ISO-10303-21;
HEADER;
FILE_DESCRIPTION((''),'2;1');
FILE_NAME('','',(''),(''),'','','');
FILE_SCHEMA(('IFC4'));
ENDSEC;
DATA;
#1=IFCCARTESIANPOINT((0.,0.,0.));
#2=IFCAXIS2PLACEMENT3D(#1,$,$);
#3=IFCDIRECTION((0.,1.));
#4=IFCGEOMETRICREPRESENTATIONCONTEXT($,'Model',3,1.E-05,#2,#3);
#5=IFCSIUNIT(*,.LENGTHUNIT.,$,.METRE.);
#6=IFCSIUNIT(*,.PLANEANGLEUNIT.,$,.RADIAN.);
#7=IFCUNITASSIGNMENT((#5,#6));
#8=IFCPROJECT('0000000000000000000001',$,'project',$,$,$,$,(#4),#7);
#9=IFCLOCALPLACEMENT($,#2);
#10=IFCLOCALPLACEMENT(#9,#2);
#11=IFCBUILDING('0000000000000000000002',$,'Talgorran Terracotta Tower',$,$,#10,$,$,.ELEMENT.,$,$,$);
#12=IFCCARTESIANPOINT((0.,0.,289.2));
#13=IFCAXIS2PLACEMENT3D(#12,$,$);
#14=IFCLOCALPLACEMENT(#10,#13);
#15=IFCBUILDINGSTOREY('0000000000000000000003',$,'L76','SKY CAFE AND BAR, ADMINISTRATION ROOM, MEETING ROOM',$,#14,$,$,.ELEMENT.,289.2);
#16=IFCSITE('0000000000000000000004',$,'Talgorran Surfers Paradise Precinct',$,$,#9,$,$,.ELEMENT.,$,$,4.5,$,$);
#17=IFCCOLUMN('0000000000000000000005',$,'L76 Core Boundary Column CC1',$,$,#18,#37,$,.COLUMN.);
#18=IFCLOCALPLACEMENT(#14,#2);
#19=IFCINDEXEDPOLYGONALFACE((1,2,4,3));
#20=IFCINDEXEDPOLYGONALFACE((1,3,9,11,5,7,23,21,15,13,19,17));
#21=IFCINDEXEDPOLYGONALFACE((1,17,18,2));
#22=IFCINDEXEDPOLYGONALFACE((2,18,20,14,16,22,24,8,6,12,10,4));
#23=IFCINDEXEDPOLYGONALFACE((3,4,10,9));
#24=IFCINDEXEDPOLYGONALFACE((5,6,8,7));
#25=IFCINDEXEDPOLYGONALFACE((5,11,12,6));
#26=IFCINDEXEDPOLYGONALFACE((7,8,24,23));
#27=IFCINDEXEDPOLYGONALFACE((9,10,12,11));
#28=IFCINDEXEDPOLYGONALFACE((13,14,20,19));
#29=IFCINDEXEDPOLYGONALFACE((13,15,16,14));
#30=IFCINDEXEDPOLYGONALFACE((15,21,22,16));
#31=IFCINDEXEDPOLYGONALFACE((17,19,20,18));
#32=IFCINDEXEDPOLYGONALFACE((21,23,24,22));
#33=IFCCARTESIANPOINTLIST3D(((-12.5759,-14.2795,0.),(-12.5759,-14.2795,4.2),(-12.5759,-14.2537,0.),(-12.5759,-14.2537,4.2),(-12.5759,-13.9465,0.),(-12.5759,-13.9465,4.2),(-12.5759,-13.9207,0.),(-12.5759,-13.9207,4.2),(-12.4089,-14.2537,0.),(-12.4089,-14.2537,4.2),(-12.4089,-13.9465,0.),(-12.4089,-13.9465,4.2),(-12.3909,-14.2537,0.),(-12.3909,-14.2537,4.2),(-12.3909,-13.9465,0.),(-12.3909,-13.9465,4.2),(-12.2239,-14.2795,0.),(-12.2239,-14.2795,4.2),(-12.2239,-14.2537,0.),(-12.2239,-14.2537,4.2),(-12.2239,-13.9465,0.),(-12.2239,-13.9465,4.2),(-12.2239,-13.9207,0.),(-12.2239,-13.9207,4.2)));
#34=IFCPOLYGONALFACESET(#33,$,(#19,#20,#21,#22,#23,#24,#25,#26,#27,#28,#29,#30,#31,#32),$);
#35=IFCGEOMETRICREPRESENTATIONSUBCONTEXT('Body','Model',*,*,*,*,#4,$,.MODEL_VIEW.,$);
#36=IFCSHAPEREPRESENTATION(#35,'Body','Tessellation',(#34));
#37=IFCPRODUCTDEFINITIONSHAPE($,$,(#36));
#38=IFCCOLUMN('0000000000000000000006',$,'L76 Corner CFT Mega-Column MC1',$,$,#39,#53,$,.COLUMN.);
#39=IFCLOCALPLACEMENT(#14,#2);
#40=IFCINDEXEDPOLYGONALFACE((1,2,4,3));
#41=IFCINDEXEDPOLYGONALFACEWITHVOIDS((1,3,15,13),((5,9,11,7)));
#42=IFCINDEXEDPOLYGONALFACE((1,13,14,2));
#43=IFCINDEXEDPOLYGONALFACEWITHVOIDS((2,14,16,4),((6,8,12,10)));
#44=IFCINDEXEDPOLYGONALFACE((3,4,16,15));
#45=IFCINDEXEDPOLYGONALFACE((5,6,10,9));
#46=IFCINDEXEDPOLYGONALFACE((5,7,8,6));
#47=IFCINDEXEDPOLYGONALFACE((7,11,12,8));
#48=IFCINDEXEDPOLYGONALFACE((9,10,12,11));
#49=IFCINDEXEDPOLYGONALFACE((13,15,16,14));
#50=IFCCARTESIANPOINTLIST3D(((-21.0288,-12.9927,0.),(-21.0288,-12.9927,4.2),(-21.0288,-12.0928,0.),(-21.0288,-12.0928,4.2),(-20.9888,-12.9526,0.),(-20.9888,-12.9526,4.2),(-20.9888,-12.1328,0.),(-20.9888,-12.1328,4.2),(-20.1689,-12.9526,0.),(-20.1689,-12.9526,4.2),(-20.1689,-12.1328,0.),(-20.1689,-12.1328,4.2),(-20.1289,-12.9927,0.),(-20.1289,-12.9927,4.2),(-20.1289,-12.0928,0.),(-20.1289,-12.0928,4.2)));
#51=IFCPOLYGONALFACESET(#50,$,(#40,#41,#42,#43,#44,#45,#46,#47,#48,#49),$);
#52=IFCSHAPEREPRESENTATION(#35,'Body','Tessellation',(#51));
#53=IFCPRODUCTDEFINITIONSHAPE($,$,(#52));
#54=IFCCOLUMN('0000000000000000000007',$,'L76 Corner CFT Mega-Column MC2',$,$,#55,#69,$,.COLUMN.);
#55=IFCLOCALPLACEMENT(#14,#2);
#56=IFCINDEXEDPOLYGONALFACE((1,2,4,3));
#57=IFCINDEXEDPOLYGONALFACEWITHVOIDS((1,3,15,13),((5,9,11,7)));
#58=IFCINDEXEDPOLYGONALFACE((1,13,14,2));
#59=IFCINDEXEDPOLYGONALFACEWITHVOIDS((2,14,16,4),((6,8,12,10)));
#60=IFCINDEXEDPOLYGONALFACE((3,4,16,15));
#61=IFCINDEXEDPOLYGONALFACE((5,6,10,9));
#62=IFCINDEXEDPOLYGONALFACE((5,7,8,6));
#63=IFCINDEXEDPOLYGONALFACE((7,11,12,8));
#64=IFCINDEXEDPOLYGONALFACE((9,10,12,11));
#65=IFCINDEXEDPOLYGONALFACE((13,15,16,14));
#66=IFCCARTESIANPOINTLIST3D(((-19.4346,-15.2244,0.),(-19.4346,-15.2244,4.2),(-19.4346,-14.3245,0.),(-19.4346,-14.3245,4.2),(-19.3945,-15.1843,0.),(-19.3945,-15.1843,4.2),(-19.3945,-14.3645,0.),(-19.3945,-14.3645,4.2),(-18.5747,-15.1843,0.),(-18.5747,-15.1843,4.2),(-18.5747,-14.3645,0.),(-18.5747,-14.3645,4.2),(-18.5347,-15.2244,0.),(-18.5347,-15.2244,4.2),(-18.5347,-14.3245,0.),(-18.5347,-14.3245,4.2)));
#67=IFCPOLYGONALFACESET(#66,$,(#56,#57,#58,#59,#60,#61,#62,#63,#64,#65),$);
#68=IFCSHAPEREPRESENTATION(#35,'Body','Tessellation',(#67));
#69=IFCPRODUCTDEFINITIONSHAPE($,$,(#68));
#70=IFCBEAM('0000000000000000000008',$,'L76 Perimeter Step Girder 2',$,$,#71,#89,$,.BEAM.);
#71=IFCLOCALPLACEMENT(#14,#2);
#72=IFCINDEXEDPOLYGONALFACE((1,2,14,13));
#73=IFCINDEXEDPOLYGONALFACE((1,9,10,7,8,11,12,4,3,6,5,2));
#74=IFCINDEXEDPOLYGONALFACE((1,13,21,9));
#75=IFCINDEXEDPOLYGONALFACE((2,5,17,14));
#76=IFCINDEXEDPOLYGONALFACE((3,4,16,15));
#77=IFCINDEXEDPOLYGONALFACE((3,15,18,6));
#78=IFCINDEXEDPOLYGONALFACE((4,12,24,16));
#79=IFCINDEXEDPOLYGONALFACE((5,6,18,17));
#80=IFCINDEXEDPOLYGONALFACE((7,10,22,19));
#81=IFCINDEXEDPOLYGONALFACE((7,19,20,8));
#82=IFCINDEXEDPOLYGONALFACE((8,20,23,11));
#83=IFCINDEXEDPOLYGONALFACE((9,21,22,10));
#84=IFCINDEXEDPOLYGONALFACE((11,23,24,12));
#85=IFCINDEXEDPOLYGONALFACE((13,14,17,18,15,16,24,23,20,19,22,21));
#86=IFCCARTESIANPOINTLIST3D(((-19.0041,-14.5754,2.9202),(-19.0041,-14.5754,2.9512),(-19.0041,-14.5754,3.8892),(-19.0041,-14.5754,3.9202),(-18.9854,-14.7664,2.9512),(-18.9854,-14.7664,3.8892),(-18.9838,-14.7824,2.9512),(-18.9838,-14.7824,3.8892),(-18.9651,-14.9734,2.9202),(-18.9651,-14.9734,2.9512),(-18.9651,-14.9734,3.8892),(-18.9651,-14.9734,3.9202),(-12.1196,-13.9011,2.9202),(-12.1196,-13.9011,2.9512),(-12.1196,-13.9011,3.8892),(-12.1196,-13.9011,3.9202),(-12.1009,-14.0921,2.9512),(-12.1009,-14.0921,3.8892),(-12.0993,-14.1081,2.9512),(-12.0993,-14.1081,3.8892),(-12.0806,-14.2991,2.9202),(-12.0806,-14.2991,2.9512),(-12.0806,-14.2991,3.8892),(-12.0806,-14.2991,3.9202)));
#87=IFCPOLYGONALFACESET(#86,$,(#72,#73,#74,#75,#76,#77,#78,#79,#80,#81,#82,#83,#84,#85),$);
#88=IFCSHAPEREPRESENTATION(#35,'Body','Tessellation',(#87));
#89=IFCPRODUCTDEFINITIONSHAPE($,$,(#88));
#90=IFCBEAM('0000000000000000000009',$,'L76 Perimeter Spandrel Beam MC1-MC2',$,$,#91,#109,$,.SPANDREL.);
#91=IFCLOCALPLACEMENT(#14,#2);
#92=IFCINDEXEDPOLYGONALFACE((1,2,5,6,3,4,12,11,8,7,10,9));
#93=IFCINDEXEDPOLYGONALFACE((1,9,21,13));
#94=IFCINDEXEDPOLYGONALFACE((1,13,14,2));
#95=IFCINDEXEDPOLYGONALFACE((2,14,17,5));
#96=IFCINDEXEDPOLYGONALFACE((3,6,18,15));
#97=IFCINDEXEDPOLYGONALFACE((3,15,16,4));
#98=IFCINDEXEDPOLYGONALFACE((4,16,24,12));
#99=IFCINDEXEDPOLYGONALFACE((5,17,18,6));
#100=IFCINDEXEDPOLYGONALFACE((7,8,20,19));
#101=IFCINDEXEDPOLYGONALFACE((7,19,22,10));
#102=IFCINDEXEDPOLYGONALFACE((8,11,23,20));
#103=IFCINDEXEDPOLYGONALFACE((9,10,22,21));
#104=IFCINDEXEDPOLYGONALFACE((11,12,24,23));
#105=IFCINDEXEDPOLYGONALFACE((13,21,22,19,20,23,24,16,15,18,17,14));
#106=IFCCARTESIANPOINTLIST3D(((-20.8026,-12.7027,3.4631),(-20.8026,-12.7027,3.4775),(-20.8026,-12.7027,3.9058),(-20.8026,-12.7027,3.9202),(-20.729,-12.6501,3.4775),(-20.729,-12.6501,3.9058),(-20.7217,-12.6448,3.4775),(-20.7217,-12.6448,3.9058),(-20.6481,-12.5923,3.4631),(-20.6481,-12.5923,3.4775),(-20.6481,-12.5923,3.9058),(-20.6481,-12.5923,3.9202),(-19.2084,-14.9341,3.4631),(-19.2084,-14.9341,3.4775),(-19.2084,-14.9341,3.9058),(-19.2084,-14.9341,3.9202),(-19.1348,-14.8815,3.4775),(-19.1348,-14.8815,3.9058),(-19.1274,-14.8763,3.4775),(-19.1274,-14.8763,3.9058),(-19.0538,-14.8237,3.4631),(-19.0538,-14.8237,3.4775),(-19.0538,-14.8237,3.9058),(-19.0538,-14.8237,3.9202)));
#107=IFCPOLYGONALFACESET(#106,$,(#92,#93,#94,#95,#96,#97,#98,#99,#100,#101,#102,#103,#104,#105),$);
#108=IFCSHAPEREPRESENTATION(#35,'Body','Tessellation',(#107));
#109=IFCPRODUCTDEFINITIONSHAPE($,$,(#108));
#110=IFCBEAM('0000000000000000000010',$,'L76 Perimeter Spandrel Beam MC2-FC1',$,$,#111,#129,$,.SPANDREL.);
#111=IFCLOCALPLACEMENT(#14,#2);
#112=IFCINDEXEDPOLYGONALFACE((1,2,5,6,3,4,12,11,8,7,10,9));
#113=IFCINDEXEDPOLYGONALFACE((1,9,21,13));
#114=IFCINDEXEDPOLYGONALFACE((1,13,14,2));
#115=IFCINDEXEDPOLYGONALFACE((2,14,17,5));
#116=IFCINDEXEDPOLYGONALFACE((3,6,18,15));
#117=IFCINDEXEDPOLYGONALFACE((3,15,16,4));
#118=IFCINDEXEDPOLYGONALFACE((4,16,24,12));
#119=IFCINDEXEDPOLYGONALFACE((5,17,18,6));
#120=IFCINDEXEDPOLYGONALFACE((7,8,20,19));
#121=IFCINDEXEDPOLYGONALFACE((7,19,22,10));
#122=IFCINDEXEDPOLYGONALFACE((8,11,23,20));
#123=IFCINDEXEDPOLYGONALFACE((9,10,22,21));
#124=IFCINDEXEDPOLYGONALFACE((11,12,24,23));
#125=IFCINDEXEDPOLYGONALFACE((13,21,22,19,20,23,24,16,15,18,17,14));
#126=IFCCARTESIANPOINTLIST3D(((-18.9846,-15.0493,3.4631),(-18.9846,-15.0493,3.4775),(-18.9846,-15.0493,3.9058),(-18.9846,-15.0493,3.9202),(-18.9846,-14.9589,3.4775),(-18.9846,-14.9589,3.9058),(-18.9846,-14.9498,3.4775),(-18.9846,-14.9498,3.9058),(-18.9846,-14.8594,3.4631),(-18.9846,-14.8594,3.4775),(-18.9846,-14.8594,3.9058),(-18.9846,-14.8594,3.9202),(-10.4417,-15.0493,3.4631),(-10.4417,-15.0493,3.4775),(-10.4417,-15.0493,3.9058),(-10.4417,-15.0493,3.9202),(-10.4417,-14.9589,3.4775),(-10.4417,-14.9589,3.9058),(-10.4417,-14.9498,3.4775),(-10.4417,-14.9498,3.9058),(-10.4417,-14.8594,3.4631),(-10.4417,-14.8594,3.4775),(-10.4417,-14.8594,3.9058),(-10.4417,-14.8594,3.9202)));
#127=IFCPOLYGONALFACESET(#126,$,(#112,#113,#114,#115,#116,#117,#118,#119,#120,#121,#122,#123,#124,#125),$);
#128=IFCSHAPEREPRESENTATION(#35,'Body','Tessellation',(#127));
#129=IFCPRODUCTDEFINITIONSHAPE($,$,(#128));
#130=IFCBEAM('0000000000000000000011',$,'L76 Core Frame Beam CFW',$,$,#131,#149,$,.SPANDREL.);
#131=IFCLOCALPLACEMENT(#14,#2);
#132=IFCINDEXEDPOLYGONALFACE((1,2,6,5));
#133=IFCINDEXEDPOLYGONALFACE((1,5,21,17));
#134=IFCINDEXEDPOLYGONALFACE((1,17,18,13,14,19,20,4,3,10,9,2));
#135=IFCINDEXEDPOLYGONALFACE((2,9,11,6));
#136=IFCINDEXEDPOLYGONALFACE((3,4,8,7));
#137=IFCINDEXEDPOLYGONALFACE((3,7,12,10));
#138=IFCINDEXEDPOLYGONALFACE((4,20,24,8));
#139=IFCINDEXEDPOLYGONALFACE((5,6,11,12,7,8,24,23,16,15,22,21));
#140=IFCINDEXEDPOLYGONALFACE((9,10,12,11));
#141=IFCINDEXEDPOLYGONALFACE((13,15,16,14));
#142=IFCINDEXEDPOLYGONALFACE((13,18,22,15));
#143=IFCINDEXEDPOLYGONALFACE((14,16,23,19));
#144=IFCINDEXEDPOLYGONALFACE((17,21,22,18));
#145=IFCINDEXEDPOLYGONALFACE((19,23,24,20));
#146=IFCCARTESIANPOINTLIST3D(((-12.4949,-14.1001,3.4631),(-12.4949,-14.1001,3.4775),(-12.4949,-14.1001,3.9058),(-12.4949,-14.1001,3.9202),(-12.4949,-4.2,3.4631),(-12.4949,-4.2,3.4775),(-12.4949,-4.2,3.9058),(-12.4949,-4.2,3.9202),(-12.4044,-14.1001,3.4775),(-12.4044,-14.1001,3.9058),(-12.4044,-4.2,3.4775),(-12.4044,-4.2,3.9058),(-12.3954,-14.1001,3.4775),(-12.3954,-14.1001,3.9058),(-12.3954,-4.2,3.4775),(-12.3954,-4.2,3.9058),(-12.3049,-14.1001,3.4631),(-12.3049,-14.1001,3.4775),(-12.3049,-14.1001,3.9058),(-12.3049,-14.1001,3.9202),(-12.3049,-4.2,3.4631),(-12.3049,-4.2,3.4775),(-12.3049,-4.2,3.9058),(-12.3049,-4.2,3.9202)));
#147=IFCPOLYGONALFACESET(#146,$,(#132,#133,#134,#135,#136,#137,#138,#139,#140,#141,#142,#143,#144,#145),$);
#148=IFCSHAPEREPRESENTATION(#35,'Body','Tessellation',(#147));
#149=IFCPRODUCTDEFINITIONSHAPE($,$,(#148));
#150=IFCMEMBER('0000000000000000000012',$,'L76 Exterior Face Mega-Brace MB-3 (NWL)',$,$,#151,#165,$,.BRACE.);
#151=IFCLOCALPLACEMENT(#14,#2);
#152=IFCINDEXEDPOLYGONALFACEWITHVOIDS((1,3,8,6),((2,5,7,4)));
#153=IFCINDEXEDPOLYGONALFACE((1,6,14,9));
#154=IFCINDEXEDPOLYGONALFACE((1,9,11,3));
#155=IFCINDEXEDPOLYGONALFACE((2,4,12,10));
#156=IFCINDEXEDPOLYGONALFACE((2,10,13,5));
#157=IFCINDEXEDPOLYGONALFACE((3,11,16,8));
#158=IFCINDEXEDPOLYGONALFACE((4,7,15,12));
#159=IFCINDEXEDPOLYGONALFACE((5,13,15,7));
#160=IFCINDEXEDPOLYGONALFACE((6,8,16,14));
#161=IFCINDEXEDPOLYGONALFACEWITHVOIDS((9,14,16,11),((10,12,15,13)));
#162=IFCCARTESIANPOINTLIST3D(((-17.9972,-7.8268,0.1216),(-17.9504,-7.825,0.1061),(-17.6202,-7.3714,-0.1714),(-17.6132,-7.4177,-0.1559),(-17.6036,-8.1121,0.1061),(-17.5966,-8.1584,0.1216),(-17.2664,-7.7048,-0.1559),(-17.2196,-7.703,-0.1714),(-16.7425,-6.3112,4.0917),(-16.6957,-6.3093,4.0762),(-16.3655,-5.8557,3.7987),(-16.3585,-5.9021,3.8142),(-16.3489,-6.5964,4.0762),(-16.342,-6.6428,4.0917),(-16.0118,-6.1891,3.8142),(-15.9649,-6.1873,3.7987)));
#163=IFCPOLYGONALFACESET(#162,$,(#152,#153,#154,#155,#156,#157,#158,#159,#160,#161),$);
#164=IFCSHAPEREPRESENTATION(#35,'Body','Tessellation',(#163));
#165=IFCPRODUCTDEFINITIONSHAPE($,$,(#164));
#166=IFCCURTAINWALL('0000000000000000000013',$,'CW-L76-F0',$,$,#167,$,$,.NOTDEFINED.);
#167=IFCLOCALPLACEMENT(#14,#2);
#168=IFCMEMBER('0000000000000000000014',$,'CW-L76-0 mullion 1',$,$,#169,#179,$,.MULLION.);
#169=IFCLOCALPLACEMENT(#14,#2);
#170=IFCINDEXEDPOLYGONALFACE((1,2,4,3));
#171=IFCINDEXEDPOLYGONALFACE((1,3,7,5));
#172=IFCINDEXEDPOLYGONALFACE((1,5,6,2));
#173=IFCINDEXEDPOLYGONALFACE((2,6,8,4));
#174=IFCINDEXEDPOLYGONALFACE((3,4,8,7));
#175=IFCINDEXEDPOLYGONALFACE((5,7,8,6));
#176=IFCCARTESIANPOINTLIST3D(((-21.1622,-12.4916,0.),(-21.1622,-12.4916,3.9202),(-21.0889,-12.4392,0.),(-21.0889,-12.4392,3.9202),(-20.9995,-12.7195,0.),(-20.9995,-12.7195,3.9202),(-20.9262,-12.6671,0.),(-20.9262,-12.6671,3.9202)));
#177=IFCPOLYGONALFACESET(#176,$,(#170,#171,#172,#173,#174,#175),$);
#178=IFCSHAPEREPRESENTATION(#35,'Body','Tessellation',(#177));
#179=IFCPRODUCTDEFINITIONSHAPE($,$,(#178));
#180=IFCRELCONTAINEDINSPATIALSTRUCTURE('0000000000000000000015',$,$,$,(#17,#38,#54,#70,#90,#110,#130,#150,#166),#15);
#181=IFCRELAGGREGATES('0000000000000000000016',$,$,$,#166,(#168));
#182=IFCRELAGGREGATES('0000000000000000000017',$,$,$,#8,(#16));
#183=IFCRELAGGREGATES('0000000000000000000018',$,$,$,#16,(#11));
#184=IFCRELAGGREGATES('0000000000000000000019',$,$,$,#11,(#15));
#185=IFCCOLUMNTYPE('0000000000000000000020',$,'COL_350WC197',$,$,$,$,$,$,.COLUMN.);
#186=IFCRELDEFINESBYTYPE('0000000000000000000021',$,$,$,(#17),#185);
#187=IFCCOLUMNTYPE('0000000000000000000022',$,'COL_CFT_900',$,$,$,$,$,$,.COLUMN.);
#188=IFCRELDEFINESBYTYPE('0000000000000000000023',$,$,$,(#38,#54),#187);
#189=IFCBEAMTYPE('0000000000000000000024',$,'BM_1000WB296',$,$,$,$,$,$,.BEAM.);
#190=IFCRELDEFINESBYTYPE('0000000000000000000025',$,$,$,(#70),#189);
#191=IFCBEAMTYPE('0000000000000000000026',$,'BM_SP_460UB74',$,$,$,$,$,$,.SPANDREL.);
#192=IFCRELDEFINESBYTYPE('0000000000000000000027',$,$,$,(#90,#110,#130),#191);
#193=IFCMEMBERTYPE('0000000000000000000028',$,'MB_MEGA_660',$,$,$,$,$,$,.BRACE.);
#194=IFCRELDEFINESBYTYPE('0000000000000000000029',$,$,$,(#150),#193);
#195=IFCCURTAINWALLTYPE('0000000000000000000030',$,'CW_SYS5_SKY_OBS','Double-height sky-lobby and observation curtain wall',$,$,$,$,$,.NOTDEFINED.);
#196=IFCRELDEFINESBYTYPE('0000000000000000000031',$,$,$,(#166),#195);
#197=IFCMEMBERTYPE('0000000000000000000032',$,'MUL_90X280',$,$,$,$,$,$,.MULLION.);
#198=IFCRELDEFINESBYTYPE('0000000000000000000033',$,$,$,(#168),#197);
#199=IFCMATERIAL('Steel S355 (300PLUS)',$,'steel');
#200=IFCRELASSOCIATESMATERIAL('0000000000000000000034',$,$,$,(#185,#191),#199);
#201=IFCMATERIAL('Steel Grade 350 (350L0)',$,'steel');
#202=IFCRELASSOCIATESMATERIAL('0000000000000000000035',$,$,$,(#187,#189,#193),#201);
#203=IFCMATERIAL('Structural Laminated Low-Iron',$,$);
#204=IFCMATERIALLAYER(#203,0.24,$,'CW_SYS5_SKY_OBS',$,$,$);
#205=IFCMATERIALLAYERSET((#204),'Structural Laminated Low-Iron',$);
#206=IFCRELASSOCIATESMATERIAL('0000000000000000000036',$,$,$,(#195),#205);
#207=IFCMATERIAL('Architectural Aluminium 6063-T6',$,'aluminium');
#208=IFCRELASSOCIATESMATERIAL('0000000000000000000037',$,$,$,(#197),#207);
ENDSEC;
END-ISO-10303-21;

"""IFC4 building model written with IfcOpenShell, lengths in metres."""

from ifc_helpers import new_model, si_unit, direction, frame, origin, origin_2d, place, context, subcontext, project, spatial, rectangle, hollow_rectangle, i_section, extrude, material, layer, layer_set, material_profile, profile_set, type_object, element, aggregate, save


model = new_model("IFC4")

# Units and contexts
model_context = context("Model", 3, precision=1e-05, world=origin(), true_north=direction((0.0, 1.0)))
body_context = subcontext(model_context, "Body", "Model", "MODEL_VIEW")
ifc_project = project(units=[si_unit("LENGTHUNIT", "METRE"), si_unit("PLANEANGLEUNIT", "RADIAN")], contexts=[model_context])

# Site, building, storey
site_placement = place(None, origin())
site = spatial("IfcSite", under=ifc_project, at=site_placement, Name="Talgorran Surfers Paradise Precinct", CompositionType="ELEMENT", RefElevation=4.5)
building_placement = place(site_placement, origin())
building = spatial("IfcBuilding", under=site, at=building_placement, Name="Talgorran Terracotta Tower", CompositionType="ELEMENT")
storey_placement = place(building_placement, frame((0.0, 0.0, 289.2)))
storey = spatial("IfcBuildingStorey", under=building, at=storey_placement, Name="L76", Description="SKY CAFE AND BAR, ADMINISTRATION ROOM, MEETING ROOM", CompositionType="ELEMENT", Elevation=289.2)

# Columns
ifc_material_1 = material(Name="Steel S355 (300PLUS)", Category="steel")
ifc_material_profile_1 = material_profile(ifc_material_1, i_section(OverallWidth=0.3521, OverallDepth=0.3589, WebThickness=0.0181, FlangeThickness=0.0259, at=origin_2d()), Name="350WC197")
ifc_profile_set_1 = profile_set([ifc_material_profile_1], Name="Steel S355 (300PLUS)")
column_type_1 = type_object("IfcColumnType", Name="COL_350WC197", PredefinedType="COLUMN", material=ifc_profile_set_1)
column_placement = place(storey_placement, frame((-12.3999, -14.1001, 0.0), z_axis=(0.0, 0.0, 1.0), x_axis=(1.0, 0.0, 0.0)))
element("IfcColumn", 1, at=column_placement, inside=storey, type_object=column_type_1, Name="L76 Core Boundary Column CC1", PredefinedType="COLUMN", context=body_context, shape_type="SweptSolid", body=[
    extrude(i_section(OverallWidth=0.3521, OverallDepth=0.3589, WebThickness=0.0181, FlangeThickness=0.0259, at=origin_2d()), origin(), (0.0, 0.0, 1.0), 4.2),
])
ifc_material_2 = material(Name="Steel Grade 350 (350L0)", Category="steel")
ifc_material_profile_2 = material_profile(ifc_material_2, hollow_rectangle(XDim=0.8999, YDim=0.8999, WallThickness=0.04, at=origin_2d()), Name="CFT900X900X40")
ifc_profile_set_2 = profile_set([ifc_material_profile_2], Name="Steel Grade 350 (350L0)")
column_type_2 = type_object("IfcColumnType", Name="COL_CFT_900", PredefinedType="COLUMN", material=ifc_profile_set_2)
for number, where, z_axis, x_axis, name in (
    (2, (-20.5789, -12.5427, 0.0), (0.0, 0.0, 1.0), (1.0, 0.0, 0.0), "L76 Corner CFT Mega-Column MC1"),
    (3, (-18.9846, -14.7744, 0.0), (0.0, 0.0, 1.0), (1.0, 0.0, 0.0), "L76 Corner CFT Mega-Column MC2"),
):
    element("IfcColumn", number, at=place(storey_placement, frame(where, z_axis=z_axis, x_axis=x_axis)), inside=storey, type_object=column_type_2, Name=name, PredefinedType="COLUMN", context=body_context, shape_type="SweptSolid", body=[
        extrude(hollow_rectangle(XDim=0.8999, YDim=0.8999, WallThickness=0.04, at=origin_2d()), origin(), (0.0, 0.0, 1.0), 4.2),
    ])

# Beams
ifc_material_profile_3 = material_profile(ifc_material_2, i_section(OverallWidth=0.3999, OverallDepth=1.0, WebThickness=0.0161, FlangeThickness=0.031, at=origin_2d()), Name="1000WB296")
ifc_profile_set_3 = profile_set([ifc_material_profile_3], Name="Steel Grade 350 (350L0)")
beam_type_1 = type_object("IfcBeamType", Name="BM_1000WB296", PredefinedType="BEAM", material=ifc_profile_set_3)
beam_1_placement = place(storey_placement, frame((-18.9846, -14.7744, 3.4202), z_axis=(0.995237, 0.09748, 0.0), x_axis=(-0.09748, 0.995237, 0.0)))
element("IfcBeam", 4, at=beam_1_placement, inside=storey, type_object=beam_type_1, Name="L76 Perimeter Step Girder 2", PredefinedType="BEAM", context=body_context, shape_type="SweptSolid", body=[
    extrude(i_section(OverallWidth=0.3999, OverallDepth=1.0, WebThickness=0.0161, FlangeThickness=0.031, at=origin_2d()), origin(), (0.0, 0.0, 1.0), 6.9175),
])
ifc_material_profile_4 = material_profile(ifc_material_1, i_section(OverallWidth=0.1899, OverallDepth=0.457, WebThickness=0.009, FlangeThickness=0.0144, at=origin_2d()), Name="460UB74.6")
ifc_profile_set_4 = profile_set([ifc_material_profile_4], Name="Steel S355 (300PLUS)")
beam_type_2 = type_object("IfcBeamType", Name="BM_SP_460UB74", PredefinedType="SPANDREL", material=ifc_profile_set_4)
beam_2_placement = place(storey_placement, frame((-20.7253, -12.6475, 3.6917), z_axis=(0.581322, -0.813673, 0.0), x_axis=(0.813673, 0.581322, 0.0)))
element("IfcBeam", 5, at=beam_2_placement, inside=storey, type_object=beam_type_2, Name="L76 Perimeter Spandrel Beam MC1-MC2", PredefinedType="SPANDREL", context=body_context, shape_type="SweptSolid", body=[
    extrude(i_section(OverallWidth=0.1899, OverallDepth=0.457, WebThickness=0.009, FlangeThickness=0.0144, at=origin_2d()), origin(), (0.0, 0.0, 1.0), 2.7424),
])
beam_3_placement = place(storey_placement, frame((-18.9846, -14.9543, 3.6917), z_axis=(1.0, 0.0, 0.0), x_axis=(0.0, 1.0, 0.0)))
element("IfcBeam", 6, at=beam_3_placement, inside=storey, type_object=beam_type_2, Name="L76 Perimeter Spandrel Beam MC2-FC1", PredefinedType="SPANDREL", context=body_context, shape_type="SweptSolid", body=[
    extrude(i_section(OverallWidth=0.1899, OverallDepth=0.457, WebThickness=0.009, FlangeThickness=0.0144, at=origin_2d()), origin(), (0.0, 0.0, 1.0), 8.543),
])
beam_4_placement = place(storey_placement, frame((-12.3999, -14.1001, 3.6917), z_axis=(0.0, 1.0, 0.0), x_axis=(-1.0, 0.0, 0.0)))
element("IfcBeam", 7, at=beam_4_placement, inside=storey, type_object=beam_type_2, Name="L76 Core Frame Beam CFW", PredefinedType="SPANDREL", context=body_context, shape_type="SweptSolid", body=[
    extrude(i_section(OverallWidth=0.1899, OverallDepth=0.457, WebThickness=0.009, FlangeThickness=0.0144, at=origin_2d()), origin(), (0.0, 0.0, 1.0), 9.9001),
])

# Member
ifc_material_profile_5 = material_profile(ifc_material_2, hollow_rectangle(XDim=0.52, YDim=0.6599, WallThickness=0.0349, at=origin_2d()), Name="WBOX660X520X35")
ifc_profile_set_5 = profile_set([ifc_material_profile_5], Name="Steel Grade 350 (350L0)")
member_type_1 = type_object("IfcMemberType", Name="MB_MEGA_660", PredefinedType="BRACE", material=ifc_profile_set_5)
member_1_placement = place(storey_placement, frame((-17.6084, -7.7649, -0.0249), z_axis=(0.283164, 0.342066, 0.895996), x_axis=(-0.770312, 0.637667, 0.0)))
element("IfcMember", 8, at=member_1_placement, inside=storey, type_object=member_type_1, Name="L76 Exterior Face Mega-Brace MB-3 (NWL)", PredefinedType="BRACE", context=body_context, shape_type="SweptSolid", body=[
    extrude(hollow_rectangle(XDim=0.52, YDim=0.6599, WallThickness=0.0349, at=origin_2d()), origin(), (0.0, 0.0, 1.0), 4.4309),
])

# Curtain wall, member
ifc_material_3 = material(Name="Structural Laminated Low-Iron")
ifc_layer_1 = layer(ifc_material_3, 0.24, Name="CW_SYS5_SKY_OBS")
ifc_layer_set_1 = layer_set([ifc_layer_1], Name="Structural Laminated Low-Iron")
curtain_wall_type = type_object("IfcCurtainWallType", Name="CW_SYS5_SKY_OBS", Description="Double-height sky-lobby and observation curtain wall", PredefinedType="NOTDEFINED", material=ifc_layer_set_1)
curtain_wall_1_placement = place(storey_placement, origin())
curtain_wall_1 = element("IfcCurtainWall", 9, at=curtain_wall_1_placement, inside=storey, type_object=curtain_wall_type, Name="CW-L76-F0", PredefinedType="NOTDEFINED")
ifc_material_4 = material(Name="Architectural Aluminium 6063-T6", Category="aluminium")
ifc_material_profile_6 = material_profile(ifc_material_4, rectangle(XDim=0.0901, YDim=0.28, at=origin_2d()), Name="CWM90X280")
ifc_profile_set_6 = profile_set([ifc_material_profile_6], Name="Architectural Aluminium 6063-T6")
member_type_2 = type_object("IfcMemberType", Name="MUL_90X280", PredefinedType="MULLION", material=ifc_profile_set_6)
member_2_placement = place(storey_placement, frame((-21.0442, -12.5793, 0.0), z_axis=(0.0, 0.0, 1.0), x_axis=(0.813721, 0.581256, 0.0)))
member_2 = element("IfcMember", 10, at=member_2_placement, type_object=member_type_2, Name="CW-L76-0 mullion 1", PredefinedType="MULLION", context=body_context, shape_type="SweptSolid", body=[
    extrude(rectangle(XDim=0.0901, YDim=0.28, at=origin_2d()), origin(), (0.0, 0.0, 1.0), 3.9202),
])

aggregate(curtain_wall_1, [member_2])

save(model, "model.ifc")
